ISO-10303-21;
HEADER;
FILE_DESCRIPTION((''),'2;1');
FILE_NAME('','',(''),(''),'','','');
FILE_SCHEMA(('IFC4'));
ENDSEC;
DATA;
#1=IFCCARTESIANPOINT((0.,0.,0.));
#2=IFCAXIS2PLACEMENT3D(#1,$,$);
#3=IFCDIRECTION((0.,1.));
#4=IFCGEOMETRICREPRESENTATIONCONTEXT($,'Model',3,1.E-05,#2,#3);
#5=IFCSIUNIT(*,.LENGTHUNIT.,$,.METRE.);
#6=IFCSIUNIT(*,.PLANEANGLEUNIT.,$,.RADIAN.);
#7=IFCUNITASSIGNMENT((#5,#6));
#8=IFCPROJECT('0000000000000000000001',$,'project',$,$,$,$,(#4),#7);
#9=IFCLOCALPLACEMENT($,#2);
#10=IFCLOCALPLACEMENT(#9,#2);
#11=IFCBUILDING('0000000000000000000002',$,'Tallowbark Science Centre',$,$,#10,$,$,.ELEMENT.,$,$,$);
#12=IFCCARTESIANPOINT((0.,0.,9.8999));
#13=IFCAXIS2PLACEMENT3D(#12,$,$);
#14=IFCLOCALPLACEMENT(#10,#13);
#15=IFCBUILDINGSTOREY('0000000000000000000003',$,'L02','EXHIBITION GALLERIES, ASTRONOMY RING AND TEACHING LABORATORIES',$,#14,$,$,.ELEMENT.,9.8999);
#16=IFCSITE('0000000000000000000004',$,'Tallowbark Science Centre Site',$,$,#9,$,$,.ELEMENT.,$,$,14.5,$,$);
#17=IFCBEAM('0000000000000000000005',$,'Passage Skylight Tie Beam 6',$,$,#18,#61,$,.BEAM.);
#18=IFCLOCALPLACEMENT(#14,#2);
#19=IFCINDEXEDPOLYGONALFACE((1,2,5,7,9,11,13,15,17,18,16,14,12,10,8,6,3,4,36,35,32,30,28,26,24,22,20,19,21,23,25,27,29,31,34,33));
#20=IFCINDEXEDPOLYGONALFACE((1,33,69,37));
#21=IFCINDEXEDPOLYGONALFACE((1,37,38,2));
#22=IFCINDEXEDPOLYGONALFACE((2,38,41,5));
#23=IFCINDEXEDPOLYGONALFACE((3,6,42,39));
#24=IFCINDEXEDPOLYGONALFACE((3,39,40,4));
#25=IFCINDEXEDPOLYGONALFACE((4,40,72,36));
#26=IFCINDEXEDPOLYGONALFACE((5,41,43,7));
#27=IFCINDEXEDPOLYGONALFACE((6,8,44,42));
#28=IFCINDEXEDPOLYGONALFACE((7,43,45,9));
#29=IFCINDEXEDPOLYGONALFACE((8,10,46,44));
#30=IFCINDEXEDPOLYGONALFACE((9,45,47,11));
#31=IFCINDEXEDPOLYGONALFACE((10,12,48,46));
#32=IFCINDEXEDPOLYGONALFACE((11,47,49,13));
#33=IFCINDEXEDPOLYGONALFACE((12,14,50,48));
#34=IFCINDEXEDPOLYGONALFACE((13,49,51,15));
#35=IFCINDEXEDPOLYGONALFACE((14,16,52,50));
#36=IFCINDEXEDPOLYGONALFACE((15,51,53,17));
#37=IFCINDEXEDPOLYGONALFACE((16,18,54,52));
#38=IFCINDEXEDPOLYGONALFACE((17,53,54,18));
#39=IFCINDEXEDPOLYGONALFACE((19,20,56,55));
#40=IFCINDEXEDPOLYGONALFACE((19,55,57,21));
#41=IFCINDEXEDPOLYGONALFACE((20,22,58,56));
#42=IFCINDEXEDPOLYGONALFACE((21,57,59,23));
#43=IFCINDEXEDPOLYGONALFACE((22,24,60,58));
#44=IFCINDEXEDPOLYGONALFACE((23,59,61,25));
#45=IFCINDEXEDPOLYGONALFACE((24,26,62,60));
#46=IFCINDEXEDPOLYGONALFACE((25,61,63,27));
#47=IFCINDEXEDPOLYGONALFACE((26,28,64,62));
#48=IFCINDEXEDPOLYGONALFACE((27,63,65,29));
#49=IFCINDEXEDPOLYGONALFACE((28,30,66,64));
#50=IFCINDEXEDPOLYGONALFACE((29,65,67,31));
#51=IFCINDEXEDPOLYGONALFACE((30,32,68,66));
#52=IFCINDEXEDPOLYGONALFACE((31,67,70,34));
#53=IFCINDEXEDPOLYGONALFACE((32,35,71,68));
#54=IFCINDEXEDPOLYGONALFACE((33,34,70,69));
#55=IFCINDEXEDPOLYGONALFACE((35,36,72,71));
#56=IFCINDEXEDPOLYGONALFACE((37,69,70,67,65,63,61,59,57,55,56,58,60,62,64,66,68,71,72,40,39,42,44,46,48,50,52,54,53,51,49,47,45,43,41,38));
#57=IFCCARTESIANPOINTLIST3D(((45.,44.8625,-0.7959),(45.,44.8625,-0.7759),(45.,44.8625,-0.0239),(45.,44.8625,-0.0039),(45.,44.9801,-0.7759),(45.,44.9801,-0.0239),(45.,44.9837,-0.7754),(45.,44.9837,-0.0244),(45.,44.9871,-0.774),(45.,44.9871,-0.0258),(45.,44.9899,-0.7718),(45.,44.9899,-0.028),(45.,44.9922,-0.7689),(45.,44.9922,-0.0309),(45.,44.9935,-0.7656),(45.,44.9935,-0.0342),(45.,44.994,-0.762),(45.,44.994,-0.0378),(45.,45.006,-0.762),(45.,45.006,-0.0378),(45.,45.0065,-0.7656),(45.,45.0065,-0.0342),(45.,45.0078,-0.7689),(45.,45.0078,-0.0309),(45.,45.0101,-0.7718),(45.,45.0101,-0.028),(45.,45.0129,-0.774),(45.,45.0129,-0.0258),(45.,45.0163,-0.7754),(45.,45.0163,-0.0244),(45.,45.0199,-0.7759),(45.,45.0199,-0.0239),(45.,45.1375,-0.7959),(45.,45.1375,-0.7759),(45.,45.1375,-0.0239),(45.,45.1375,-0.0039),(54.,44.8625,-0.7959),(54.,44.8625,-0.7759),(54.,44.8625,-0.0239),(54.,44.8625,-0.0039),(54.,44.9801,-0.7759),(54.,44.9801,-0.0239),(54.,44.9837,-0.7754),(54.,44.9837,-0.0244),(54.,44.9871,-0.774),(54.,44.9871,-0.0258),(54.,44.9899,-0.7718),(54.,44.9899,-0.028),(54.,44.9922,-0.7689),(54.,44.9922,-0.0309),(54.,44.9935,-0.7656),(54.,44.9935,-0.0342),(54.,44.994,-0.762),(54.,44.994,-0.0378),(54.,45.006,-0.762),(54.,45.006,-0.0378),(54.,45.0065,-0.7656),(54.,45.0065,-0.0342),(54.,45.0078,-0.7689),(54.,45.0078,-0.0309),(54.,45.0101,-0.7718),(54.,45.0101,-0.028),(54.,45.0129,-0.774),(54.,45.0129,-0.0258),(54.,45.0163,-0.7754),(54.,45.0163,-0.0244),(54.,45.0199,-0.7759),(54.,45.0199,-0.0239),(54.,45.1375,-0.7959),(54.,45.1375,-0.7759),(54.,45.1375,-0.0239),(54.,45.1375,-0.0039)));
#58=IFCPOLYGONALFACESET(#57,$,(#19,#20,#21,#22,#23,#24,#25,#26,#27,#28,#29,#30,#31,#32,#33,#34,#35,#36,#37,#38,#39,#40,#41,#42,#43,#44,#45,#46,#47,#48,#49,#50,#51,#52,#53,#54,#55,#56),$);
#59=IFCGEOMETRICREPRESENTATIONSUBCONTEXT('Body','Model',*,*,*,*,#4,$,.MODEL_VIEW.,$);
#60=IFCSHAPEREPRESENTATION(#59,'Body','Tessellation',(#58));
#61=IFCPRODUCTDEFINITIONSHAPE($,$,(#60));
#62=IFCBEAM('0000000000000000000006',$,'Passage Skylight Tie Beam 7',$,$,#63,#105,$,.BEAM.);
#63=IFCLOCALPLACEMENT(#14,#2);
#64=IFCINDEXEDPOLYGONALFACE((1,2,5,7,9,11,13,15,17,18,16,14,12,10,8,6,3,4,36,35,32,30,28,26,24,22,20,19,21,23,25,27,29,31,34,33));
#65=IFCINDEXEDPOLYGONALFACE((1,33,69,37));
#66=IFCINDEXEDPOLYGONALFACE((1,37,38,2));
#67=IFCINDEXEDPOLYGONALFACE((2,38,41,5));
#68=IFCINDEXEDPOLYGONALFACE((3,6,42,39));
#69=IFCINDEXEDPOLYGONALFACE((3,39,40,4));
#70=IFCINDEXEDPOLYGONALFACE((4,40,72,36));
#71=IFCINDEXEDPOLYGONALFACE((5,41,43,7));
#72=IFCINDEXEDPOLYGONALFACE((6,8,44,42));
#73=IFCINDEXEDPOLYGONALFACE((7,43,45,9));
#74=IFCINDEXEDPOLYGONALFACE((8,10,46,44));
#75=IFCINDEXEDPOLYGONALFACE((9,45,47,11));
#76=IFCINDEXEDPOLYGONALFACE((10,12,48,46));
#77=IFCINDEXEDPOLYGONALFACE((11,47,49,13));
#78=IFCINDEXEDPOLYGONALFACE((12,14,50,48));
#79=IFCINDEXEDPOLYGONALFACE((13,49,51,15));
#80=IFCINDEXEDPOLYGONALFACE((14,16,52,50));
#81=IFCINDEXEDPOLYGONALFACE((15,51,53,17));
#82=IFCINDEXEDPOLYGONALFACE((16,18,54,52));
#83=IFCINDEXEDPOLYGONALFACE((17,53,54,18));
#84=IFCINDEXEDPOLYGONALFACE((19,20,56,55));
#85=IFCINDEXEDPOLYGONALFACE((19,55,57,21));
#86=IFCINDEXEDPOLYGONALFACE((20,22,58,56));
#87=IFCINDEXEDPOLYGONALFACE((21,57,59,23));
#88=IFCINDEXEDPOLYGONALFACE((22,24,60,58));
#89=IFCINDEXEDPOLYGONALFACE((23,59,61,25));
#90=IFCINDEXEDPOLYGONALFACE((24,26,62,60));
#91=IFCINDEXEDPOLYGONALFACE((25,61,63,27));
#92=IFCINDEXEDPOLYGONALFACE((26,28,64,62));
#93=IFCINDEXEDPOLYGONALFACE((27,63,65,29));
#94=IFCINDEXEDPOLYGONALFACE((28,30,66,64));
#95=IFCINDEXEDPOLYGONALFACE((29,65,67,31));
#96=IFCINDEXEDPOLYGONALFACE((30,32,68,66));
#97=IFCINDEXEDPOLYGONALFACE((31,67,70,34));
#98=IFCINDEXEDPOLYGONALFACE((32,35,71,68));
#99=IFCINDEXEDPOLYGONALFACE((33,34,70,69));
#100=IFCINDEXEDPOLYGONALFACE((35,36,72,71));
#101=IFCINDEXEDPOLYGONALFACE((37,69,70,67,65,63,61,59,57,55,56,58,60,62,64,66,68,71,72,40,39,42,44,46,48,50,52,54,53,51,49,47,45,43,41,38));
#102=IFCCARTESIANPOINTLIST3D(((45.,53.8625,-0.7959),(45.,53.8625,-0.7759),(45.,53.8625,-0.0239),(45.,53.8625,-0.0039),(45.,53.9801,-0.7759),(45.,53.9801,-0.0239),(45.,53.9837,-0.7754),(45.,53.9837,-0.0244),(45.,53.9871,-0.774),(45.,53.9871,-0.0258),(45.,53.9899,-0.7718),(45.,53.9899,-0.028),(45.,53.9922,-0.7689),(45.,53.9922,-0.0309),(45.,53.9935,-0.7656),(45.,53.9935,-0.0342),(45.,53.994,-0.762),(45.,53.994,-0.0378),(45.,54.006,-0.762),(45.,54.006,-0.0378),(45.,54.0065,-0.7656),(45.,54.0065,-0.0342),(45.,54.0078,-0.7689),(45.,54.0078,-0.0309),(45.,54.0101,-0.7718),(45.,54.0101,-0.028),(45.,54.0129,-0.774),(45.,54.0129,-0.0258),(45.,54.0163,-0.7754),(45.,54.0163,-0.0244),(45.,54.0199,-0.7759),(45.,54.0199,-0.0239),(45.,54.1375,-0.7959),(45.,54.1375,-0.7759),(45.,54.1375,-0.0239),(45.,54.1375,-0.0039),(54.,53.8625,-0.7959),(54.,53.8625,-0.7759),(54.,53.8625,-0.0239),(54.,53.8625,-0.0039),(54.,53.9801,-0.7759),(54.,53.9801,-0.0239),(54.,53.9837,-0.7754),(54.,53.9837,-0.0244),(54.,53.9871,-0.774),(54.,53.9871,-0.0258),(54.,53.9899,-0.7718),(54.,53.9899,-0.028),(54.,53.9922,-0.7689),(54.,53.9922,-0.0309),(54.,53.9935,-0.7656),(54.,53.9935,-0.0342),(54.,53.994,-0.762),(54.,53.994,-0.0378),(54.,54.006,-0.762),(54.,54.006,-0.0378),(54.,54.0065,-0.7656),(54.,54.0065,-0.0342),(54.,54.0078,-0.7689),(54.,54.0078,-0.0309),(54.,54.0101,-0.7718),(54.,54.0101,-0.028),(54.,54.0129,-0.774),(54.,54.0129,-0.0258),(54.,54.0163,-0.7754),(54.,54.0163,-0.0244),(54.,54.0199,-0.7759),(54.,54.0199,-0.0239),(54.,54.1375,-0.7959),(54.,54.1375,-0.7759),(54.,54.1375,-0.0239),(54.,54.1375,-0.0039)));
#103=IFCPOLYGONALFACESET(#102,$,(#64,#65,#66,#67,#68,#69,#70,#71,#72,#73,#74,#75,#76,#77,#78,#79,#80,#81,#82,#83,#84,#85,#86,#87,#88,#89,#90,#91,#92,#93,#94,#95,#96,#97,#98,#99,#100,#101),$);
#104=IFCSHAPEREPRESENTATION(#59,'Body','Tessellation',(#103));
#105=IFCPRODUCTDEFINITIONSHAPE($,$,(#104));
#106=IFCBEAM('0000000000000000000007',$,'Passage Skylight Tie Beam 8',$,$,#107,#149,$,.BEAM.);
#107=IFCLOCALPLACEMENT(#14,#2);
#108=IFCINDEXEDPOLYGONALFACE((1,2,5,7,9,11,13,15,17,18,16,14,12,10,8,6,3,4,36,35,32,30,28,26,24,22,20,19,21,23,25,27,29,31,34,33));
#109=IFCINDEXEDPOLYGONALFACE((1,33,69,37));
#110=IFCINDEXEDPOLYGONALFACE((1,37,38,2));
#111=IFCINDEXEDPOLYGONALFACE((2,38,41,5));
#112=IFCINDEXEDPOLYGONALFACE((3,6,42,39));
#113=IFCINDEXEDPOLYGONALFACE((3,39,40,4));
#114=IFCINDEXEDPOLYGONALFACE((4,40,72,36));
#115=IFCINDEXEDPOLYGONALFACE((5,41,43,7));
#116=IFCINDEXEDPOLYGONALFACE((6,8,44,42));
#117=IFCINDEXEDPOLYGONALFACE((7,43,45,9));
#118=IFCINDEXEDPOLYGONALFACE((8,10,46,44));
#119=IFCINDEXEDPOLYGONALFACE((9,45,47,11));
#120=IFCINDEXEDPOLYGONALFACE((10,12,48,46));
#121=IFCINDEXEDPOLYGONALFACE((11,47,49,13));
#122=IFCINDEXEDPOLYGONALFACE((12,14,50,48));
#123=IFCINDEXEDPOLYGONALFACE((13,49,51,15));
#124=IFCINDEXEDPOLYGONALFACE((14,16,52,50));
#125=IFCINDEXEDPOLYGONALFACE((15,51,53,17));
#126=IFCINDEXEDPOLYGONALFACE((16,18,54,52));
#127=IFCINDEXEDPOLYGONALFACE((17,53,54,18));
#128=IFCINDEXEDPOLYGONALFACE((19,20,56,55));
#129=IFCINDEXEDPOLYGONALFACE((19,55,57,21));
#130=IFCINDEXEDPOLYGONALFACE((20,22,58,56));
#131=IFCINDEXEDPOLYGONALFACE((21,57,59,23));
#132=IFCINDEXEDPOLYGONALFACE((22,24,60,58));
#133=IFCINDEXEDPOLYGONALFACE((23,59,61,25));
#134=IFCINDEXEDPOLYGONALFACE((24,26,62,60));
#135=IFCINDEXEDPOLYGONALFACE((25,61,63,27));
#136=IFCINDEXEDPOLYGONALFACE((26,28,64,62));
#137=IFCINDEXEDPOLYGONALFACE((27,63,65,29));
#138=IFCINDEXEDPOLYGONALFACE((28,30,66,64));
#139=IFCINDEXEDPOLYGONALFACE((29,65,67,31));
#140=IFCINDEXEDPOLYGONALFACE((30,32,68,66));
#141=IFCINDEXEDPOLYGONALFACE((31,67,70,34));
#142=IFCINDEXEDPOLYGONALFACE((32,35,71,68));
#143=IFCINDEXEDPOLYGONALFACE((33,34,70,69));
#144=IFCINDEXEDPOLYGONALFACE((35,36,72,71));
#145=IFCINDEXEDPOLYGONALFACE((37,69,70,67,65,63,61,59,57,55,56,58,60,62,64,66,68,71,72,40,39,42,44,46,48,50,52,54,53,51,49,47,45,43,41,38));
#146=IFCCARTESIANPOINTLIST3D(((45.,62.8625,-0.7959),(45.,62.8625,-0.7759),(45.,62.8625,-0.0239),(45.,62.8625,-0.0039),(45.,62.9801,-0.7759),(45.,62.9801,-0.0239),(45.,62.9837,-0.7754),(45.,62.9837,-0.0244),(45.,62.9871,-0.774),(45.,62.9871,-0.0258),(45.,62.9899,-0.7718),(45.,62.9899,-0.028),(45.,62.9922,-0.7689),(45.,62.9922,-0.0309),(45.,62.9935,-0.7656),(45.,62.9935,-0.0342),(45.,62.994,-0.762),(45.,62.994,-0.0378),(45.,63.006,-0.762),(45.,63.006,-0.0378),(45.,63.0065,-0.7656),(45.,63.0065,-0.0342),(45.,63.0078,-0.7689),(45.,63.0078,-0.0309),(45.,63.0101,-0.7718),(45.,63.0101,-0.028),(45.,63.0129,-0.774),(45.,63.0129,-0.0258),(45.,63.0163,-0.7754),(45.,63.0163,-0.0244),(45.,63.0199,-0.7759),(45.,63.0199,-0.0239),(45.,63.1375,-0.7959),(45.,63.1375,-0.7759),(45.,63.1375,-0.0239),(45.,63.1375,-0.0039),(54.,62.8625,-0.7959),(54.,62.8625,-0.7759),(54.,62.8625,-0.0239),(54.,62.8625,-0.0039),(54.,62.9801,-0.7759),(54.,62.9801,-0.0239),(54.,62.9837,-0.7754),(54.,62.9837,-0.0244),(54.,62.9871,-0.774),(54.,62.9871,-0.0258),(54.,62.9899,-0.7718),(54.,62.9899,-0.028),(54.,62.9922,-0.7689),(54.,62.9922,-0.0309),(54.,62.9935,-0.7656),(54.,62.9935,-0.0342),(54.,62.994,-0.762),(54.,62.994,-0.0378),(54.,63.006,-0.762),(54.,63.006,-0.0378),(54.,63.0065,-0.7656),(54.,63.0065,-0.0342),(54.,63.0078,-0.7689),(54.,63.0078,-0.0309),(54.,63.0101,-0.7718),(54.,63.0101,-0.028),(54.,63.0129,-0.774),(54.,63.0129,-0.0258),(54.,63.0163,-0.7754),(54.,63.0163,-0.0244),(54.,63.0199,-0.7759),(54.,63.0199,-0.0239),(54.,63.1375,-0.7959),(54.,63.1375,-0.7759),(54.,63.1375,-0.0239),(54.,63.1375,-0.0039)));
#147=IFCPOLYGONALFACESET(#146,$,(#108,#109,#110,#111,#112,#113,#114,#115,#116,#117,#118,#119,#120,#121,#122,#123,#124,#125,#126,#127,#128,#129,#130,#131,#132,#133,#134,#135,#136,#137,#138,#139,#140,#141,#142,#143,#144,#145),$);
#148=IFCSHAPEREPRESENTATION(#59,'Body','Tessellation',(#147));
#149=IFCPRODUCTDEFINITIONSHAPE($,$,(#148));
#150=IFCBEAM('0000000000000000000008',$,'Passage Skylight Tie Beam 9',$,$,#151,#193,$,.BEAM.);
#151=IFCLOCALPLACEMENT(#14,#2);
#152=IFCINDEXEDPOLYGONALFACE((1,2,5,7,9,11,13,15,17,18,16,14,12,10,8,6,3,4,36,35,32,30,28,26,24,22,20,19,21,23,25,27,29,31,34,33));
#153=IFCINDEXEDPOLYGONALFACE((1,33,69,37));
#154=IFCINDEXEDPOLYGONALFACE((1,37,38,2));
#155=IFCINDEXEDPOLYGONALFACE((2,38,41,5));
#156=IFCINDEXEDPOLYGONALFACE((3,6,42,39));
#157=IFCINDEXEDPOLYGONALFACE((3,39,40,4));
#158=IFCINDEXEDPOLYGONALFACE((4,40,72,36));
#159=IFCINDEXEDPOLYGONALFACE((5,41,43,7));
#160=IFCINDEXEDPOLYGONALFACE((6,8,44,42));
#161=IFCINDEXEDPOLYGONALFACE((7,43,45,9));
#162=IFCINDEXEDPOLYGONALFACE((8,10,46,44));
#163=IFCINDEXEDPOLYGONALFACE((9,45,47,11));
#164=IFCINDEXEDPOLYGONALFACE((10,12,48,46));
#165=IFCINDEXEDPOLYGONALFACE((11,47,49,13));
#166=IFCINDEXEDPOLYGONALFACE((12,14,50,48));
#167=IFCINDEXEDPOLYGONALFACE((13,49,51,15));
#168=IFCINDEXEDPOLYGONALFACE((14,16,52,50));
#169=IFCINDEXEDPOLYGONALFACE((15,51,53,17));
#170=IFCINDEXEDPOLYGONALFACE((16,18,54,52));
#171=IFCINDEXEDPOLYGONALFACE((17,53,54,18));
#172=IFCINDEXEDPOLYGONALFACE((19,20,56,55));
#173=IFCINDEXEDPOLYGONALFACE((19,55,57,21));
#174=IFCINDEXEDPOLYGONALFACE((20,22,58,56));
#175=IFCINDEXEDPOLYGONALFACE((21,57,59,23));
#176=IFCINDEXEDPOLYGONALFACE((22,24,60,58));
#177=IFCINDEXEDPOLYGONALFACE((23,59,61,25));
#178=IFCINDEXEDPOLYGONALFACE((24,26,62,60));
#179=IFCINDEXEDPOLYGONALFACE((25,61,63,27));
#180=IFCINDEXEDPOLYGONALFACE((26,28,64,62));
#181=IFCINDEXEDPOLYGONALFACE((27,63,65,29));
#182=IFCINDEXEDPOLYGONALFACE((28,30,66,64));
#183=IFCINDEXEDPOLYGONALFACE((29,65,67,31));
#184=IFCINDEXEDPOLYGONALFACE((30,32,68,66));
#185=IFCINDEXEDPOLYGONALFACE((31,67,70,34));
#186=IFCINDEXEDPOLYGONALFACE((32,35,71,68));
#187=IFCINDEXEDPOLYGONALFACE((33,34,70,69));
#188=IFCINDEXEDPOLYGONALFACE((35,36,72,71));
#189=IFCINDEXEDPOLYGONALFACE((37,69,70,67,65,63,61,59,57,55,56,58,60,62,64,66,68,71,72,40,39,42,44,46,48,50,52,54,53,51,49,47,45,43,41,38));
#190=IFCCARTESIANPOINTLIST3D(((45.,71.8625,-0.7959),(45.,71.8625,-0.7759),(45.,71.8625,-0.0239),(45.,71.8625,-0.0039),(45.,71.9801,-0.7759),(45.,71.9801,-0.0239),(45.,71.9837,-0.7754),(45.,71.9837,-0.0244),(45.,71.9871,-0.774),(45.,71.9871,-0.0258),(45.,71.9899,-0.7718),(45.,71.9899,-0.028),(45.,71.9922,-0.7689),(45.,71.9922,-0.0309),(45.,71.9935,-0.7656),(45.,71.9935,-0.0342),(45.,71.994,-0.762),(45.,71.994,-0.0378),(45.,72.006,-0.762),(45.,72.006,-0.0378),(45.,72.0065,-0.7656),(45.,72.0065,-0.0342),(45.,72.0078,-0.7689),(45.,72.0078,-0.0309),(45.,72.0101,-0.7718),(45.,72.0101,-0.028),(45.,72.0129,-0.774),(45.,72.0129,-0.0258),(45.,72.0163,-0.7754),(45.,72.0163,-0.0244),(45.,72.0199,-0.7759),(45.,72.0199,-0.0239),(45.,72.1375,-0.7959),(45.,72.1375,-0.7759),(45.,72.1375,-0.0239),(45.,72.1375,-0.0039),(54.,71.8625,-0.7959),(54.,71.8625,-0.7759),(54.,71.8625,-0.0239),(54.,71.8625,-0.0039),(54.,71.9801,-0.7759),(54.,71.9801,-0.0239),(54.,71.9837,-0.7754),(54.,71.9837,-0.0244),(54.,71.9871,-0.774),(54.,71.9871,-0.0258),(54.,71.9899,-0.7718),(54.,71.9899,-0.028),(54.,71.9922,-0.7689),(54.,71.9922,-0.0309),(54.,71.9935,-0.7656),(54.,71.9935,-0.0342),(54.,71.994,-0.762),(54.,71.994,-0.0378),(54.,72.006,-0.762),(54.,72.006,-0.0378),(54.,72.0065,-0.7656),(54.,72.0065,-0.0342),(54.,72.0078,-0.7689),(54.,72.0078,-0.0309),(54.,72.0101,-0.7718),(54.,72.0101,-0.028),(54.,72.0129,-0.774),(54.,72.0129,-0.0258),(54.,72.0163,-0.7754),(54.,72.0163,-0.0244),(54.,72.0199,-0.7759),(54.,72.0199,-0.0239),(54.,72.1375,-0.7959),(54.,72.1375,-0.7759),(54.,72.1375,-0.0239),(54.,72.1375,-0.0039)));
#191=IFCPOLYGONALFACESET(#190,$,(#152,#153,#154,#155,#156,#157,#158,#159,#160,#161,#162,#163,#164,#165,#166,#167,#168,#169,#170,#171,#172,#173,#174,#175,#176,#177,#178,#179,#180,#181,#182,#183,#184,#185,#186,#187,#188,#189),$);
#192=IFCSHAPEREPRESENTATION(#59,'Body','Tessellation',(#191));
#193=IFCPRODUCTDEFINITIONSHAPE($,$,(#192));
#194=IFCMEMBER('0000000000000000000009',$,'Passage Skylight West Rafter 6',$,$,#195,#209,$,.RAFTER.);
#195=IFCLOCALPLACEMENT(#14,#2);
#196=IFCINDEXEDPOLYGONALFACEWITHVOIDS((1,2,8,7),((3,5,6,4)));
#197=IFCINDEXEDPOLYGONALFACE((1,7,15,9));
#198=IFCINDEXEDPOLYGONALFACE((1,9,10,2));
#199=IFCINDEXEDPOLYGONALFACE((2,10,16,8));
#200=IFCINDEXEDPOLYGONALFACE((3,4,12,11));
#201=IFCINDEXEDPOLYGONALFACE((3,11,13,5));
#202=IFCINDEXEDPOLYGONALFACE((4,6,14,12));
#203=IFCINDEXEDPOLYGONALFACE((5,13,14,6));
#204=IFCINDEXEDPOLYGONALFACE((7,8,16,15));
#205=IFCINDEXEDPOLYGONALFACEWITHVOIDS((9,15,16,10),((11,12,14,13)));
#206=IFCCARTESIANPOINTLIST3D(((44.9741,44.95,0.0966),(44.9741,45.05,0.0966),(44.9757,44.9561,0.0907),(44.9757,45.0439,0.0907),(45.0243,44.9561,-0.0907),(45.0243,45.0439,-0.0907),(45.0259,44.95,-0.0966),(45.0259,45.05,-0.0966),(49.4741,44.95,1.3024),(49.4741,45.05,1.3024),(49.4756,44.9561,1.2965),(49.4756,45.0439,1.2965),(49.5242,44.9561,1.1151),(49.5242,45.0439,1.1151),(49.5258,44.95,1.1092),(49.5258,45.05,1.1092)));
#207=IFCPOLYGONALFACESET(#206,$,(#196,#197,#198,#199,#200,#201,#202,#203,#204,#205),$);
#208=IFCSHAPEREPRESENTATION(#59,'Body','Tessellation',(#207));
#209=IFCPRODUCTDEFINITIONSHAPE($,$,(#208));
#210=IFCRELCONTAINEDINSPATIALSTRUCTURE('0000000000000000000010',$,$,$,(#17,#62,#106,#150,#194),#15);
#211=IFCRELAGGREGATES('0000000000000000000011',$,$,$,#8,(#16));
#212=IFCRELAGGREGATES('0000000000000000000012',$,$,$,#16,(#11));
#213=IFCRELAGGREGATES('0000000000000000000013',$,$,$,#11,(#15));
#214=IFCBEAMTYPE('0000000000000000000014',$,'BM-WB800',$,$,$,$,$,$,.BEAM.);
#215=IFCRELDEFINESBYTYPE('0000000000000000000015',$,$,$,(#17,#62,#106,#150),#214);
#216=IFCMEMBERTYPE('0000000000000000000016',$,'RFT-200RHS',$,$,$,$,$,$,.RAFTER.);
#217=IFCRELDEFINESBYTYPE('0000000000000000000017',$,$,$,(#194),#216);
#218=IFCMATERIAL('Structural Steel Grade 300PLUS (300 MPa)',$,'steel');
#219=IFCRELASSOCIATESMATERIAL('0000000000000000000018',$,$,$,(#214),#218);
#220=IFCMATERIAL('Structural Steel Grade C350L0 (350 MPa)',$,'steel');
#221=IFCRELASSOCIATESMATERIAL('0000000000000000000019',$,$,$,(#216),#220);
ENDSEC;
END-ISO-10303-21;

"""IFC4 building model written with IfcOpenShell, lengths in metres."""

from ifc_helpers import new_model, si_unit, direction, frame, origin, origin_2d, place, context, subcontext, project, spatial, hollow_rectangle, i_section, extrude, material, material_profile, profile_set, type_object, element, save


model = new_model("IFC4")

# Units and contexts
model_context = context("Model", 3, precision=1e-05, world=origin(), true_north=direction((0.0, 1.0)))
body_context = subcontext(model_context, "Body", "Model", "MODEL_VIEW")
ifc_project = project(units=[si_unit("LENGTHUNIT", "METRE"), si_unit("PLANEANGLEUNIT", "RADIAN")], contexts=[model_context])

# Site, building, storey
site_placement = place(None, origin())
site = spatial("IfcSite", under=ifc_project, at=site_placement, Name="Tallowbark Science Centre Site", CompositionType="ELEMENT", RefElevation=14.5)
building_placement = place(site_placement, origin())
building = spatial("IfcBuilding", under=site, at=building_placement, Name="Tallowbark Science Centre", CompositionType="ELEMENT")
storey_placement = place(building_placement, frame((0.0, 0.0, 9.8999)))
storey = spatial("IfcBuildingStorey", under=building, at=storey_placement, Name="L02", Description="EXHIBITION GALLERIES, ASTRONOMY RING AND TEACHING LABORATORIES", CompositionType="ELEMENT", Elevation=9.8999)

# Beams
ifc_material_1 = material(Name="Structural Steel Grade 300PLUS (300 MPa)", Category="steel")
ifc_material_profile_1 = material_profile(ifc_material_1, i_section(OverallWidth=0.2749, OverallDepth=0.792, WebThickness=0.012, FlangeThickness=0.02, FilletRadius=0.0139, at=origin_2d()), Name="800WB146")
ifc_profile_set_1 = profile_set([ifc_material_profile_1], Name="Structural Steel Grade 300PLUS (300 MPa)")
beam_type_1 = type_object("IfcBeamType", Name="BM-WB800", PredefinedType="BEAM", material=ifc_profile_set_1)
for number, where, z_axis, x_axis, name in (
    (1, (45.0, 45.0, -0.3999), (1.0, 0.0, 0.0), (0.0, 1.0, 0.0), "Passage Skylight Tie Beam 6"),
    (2, (45.0, 54.0, -0.3999), (1.0, 0.0, 0.0), (0.0, 1.0, 0.0), "Passage Skylight Tie Beam 7"),
    (3, (45.0, 63.0, -0.3999), (1.0, 0.0, 0.0), (0.0, 1.0, 0.0), "Passage Skylight Tie Beam 8"),
    (4, (45.0, 72.0, -0.3999), (1.0, 0.0, 0.0), (0.0, 1.0, 0.0), "Passage Skylight Tie Beam 9"),
):
    element("IfcBeam", number, at=place(storey_placement, frame(where, z_axis=z_axis, x_axis=x_axis)), inside=storey, type_object=beam_type_1, Name=name, PredefinedType="BEAM", context=body_context, shape_type="SweptSolid", body=[
        extrude(i_section(OverallWidth=0.2749, OverallDepth=0.792, WebThickness=0.012, FlangeThickness=0.02, FilletRadius=0.0139, at=origin_2d()), origin(), (0.0, 0.0, 1.0), 9.0),
    ])

# Member
ifc_material_2 = material(Name="Structural Steel Grade C350L0 (350 MPa)", Category="steel")
ifc_material_profile_2 = material_profile(ifc_material_2, hollow_rectangle(XDim=0.1001, YDim=0.2, WallThickness=0.0061, at=origin_2d()), Name="200x100x6.0RHS")
ifc_profile_set_2 = profile_set([ifc_material_profile_2], Name="Structural Steel Grade C350L0 (350 MPa)")
member_type_1 = type_object("IfcMemberType", Name="RFT-200RHS", PredefinedType="RAFTER", material=ifc_profile_set_2)
for number, where, z_axis, x_axis, name in (
    (5, (45.0, 45.0, 0.0), (0.965924, 0.0, 0.258827), (0.0, 1.0, 0.0), "Passage Skylight West Rafter 6"),
):
    element("IfcMember", number, at=place(storey_placement, frame(where, z_axis=z_axis, x_axis=x_axis)), inside=storey, type_object=member_type_1, Name=name, PredefinedType="RAFTER", context=body_context, shape_type="SweptSolid", body=[
        extrude(hollow_rectangle(XDim=0.1001, YDim=0.2, WallThickness=0.0061, at=origin_2d()), origin(), (0.0, 0.0, 1.0), 4.6587),
    ])

save(model, "model.ifc")
